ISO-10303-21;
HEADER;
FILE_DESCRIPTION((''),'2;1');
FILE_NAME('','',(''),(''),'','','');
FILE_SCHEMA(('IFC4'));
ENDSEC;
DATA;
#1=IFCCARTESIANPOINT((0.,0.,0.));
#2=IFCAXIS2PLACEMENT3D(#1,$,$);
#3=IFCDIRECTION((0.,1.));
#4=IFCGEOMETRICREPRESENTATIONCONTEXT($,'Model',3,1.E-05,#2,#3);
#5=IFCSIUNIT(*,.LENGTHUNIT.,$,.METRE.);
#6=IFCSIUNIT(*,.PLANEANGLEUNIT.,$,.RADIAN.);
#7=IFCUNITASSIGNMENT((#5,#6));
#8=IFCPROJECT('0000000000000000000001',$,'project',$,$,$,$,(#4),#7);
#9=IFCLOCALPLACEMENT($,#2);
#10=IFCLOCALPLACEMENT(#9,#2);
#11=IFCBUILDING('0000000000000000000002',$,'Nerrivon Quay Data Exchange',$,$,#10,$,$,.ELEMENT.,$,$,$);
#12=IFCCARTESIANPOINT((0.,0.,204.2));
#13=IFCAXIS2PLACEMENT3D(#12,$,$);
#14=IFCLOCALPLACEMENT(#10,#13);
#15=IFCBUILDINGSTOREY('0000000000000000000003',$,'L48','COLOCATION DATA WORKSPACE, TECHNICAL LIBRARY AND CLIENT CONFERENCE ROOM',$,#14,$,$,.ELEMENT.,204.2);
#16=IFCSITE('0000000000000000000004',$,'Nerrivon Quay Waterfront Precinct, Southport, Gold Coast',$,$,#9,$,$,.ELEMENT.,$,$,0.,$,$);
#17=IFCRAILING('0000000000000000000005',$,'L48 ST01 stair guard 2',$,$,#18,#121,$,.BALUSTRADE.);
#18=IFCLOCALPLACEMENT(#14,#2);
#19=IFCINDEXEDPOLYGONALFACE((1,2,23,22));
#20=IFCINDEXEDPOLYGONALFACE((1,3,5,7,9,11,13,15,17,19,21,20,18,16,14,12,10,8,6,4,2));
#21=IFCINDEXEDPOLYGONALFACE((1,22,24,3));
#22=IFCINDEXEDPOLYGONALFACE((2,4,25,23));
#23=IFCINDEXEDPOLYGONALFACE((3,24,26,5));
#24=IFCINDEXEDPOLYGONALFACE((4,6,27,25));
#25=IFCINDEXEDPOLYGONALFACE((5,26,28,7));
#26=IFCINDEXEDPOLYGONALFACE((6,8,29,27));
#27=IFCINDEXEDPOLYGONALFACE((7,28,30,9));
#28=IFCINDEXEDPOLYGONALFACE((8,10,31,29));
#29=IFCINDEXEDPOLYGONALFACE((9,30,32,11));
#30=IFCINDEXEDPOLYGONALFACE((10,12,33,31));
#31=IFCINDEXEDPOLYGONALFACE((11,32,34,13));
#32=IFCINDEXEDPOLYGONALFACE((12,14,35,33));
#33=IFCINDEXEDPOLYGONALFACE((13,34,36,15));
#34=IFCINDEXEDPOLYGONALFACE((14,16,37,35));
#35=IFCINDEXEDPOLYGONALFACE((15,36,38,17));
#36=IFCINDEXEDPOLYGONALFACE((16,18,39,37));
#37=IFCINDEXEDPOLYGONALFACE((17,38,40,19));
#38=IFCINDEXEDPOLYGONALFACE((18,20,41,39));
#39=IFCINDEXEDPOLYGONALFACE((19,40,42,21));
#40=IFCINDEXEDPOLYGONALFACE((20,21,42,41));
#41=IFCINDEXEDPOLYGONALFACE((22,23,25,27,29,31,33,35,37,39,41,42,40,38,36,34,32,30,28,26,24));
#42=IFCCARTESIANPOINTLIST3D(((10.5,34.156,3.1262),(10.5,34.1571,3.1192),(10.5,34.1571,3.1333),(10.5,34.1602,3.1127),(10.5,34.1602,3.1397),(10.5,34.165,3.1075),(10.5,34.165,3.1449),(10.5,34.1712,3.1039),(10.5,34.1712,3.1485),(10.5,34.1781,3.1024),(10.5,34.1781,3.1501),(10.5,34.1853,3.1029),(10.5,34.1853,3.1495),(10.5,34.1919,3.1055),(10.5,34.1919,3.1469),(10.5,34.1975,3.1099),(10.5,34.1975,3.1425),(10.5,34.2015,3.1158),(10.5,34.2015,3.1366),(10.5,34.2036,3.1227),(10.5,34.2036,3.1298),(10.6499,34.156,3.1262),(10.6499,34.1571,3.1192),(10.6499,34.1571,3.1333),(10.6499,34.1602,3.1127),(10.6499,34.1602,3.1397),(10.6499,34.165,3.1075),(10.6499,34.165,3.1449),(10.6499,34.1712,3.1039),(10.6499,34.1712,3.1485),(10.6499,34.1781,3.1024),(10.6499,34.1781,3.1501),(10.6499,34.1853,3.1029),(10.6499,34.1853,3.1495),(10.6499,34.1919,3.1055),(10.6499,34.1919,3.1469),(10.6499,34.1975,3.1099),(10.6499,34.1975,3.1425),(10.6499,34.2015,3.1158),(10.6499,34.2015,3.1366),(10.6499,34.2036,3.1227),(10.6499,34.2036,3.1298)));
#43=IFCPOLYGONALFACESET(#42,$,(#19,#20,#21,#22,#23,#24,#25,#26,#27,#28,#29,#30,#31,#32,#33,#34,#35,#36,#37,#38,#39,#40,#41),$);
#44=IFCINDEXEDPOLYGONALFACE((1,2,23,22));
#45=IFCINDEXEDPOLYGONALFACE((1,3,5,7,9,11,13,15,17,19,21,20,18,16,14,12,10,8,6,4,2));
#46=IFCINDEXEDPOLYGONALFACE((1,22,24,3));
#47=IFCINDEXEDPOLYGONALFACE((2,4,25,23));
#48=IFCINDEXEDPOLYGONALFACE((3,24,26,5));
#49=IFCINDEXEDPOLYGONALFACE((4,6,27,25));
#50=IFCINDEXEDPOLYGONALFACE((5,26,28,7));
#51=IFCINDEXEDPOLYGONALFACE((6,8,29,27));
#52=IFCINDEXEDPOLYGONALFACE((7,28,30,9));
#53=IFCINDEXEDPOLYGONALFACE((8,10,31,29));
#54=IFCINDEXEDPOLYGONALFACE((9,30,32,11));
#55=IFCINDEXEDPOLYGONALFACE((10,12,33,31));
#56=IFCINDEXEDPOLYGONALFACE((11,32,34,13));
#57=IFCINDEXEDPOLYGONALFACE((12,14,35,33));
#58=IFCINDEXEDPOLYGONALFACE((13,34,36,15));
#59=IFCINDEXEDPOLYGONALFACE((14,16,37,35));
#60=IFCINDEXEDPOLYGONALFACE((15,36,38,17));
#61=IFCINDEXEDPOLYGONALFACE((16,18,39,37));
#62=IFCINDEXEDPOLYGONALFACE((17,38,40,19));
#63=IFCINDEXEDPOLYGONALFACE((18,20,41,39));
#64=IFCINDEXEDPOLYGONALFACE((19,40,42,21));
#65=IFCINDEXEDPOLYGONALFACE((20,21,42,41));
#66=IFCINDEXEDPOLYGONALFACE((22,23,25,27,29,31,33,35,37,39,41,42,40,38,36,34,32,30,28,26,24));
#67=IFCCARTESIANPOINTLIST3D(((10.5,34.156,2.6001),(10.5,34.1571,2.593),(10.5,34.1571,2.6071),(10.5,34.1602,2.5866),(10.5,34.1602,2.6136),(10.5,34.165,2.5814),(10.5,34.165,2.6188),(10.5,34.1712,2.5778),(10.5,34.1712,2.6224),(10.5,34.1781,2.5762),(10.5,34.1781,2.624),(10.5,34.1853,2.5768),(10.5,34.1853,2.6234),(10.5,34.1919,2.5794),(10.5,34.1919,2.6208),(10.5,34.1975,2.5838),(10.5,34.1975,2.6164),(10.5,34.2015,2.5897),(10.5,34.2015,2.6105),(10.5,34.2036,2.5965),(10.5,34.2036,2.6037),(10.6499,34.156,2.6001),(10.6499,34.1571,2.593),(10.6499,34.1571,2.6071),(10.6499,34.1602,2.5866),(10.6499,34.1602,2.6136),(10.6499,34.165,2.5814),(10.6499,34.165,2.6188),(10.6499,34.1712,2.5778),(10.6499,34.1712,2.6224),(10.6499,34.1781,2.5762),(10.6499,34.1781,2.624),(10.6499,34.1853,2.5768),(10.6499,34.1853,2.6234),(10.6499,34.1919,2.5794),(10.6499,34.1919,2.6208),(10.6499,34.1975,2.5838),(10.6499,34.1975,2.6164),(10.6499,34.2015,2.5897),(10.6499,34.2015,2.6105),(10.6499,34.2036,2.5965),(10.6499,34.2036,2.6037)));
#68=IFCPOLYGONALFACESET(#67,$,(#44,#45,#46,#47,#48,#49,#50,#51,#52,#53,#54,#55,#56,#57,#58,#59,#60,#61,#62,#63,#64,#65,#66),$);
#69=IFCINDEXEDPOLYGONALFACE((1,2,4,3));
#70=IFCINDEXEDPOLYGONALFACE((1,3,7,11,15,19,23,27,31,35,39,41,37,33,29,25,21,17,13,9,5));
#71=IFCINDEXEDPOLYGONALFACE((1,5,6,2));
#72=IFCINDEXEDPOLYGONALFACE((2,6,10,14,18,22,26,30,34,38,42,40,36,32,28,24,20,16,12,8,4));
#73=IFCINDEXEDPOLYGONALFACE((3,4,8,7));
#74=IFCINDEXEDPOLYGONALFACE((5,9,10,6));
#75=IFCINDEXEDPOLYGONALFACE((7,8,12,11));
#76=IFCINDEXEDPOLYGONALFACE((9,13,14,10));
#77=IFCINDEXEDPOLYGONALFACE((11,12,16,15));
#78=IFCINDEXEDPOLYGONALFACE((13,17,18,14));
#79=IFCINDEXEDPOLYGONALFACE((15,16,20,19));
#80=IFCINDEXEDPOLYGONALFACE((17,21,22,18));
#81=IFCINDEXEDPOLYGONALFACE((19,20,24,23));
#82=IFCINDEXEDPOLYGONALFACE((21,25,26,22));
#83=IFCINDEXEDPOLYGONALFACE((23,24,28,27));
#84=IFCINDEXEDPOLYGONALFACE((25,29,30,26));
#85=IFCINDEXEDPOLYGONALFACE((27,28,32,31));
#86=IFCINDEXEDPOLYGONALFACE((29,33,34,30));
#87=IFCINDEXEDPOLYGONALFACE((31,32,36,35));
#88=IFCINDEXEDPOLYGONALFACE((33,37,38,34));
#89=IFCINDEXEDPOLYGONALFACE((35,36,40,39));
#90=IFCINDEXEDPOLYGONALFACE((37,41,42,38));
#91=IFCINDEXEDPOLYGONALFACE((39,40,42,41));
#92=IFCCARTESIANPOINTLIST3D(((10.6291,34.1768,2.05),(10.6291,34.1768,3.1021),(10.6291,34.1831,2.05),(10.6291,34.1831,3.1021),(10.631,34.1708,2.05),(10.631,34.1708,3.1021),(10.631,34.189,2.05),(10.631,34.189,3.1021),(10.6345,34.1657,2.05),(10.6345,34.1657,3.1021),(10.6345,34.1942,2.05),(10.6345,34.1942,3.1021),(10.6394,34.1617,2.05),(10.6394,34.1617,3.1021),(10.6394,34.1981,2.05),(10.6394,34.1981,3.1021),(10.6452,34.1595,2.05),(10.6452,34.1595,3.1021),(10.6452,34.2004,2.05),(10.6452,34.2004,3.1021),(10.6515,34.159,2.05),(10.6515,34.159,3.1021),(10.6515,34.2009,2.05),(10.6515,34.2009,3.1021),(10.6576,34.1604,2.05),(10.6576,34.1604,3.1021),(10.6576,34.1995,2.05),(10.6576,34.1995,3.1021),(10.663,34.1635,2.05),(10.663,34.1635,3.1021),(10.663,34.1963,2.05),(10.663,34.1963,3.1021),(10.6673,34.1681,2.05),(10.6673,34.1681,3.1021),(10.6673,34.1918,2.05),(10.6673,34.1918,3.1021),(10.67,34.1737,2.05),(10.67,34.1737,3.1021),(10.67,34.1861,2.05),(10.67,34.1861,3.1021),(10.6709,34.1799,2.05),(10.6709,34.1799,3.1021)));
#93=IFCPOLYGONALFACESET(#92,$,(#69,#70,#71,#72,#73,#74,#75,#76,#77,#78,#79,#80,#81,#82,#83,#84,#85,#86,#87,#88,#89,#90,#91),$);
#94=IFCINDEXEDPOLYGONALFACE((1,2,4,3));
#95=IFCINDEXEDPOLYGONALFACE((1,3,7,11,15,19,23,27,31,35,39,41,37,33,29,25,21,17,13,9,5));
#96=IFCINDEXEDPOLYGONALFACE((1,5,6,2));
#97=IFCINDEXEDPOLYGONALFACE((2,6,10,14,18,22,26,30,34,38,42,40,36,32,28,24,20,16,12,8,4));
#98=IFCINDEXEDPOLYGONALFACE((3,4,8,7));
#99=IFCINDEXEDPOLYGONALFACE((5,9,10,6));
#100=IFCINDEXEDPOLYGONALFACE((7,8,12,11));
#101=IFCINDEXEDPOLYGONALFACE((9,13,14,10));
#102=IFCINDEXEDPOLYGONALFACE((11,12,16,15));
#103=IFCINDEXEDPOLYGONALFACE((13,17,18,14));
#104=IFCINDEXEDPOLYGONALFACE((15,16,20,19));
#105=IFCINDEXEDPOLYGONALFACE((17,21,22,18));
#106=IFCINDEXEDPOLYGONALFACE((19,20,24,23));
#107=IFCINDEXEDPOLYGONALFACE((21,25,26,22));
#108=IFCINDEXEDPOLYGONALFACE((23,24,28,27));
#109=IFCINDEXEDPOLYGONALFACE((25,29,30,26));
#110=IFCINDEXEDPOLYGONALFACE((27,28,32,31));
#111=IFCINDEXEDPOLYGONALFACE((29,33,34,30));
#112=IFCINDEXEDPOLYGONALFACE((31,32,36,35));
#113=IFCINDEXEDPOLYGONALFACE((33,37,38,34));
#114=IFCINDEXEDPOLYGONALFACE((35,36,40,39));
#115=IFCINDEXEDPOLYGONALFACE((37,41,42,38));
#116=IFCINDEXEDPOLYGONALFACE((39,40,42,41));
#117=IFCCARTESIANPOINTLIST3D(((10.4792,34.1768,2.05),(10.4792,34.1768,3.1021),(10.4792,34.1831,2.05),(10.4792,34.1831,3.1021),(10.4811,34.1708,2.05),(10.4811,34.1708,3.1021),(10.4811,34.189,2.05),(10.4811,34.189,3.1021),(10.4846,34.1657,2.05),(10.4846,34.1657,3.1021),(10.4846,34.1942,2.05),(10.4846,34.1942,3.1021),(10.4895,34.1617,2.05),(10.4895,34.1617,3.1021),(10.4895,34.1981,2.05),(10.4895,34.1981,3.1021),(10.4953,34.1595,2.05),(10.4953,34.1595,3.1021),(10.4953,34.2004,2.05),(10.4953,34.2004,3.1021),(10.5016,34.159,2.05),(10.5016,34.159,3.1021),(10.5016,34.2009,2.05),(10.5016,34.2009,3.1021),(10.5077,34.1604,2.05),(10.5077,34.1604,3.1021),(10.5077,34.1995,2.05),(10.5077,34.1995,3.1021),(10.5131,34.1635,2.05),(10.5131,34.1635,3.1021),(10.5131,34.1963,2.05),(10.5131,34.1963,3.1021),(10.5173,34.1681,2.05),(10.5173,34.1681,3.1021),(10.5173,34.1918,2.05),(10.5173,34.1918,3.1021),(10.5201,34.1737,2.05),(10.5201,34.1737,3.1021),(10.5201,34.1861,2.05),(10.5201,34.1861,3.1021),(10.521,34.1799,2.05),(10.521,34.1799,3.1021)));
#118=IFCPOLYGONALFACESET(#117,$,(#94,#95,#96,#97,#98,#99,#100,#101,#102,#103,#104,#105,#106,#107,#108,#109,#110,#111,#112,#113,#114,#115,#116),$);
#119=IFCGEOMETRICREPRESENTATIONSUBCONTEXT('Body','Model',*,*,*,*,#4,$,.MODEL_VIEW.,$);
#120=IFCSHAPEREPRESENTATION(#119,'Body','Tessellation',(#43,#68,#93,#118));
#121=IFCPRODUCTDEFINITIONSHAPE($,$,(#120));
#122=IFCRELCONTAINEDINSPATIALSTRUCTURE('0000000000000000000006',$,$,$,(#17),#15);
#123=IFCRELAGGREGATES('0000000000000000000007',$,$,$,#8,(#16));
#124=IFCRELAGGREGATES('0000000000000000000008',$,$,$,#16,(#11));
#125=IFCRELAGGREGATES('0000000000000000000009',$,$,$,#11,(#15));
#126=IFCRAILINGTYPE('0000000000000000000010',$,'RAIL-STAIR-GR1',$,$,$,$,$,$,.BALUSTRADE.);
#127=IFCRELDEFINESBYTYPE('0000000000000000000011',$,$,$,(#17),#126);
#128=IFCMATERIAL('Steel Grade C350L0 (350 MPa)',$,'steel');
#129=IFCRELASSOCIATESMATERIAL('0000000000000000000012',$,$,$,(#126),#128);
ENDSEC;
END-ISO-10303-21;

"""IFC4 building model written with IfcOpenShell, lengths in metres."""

from ifc_helpers import new_model, si_unit, direction, frame, origin, origin_2d, place, context, subcontext, project, spatial, circle, extrude, material, type_object, element, save


model = new_model("IFC4")

# Units and contexts
model_context = context("Model", 3, precision=1e-05, world=origin(), true_north=direction((0.0, 1.0)))
body_context = subcontext(model_context, "Body", "Model", "MODEL_VIEW")
ifc_project = project(units=[si_unit("LENGTHUNIT", "METRE"), si_unit("PLANEANGLEUNIT", "RADIAN")], contexts=[model_context])

# Site, building, storey
site_placement = place(None, origin())
site = spatial("IfcSite", under=ifc_project, at=site_placement, Name="Nerrivon Quay Waterfront Precinct, Southport, Gold Coast", CompositionType="ELEMENT", RefElevation=0.0)
building_placement = place(site_placement, origin())
building = spatial("IfcBuilding", under=site, at=building_placement, Name="Nerrivon Quay Data Exchange", CompositionType="ELEMENT")
storey_placement = place(building_placement, frame((0.0, 0.0, 204.2)))
storey = spatial("IfcBuildingStorey", under=building, at=storey_placement, Name="L48", Description="COLOCATION DATA WORKSPACE, TECHNICAL LIBRARY AND CLIENT CONFERENCE ROOM", CompositionType="ELEMENT", Elevation=204.2)

# Railing
ifc_material_1 = material(Name="Steel Grade C350L0 (350 MPa)", Category="steel")
railing_type_1 = type_object("IfcRailingType", Name="RAIL-STAIR-GR1", PredefinedType="BALUSTRADE", material=ifc_material_1)
railing_1_placement = place(storey_placement, frame((10.6499, 34.1799, 2.05)))
element("IfcRailing", 1, at=railing_1_placement, inside=storey, type_object=railing_type_1, Name="L48 ST01 stair guard 2", PredefinedType="BALUSTRADE", context=body_context, shape_type="SweptSolid", body=[
    extrude(circle(Radius=0.0239, at=origin_2d()), frame((0.0, 0.0, 1.0762), z_axis=(-1.0, 0.0, 0.0), x_axis=(0.0, -1.0, 0.0)), (0.0, 0.0, 1.0), 0.1499),
    extrude(circle(Radius=0.0239, at=origin_2d()), frame((0.0, 0.0, 0.55), z_axis=(-1.0, 0.0, 0.0), x_axis=(0.0, -1.0, 0.0)), (0.0, 0.0, 1.0), 0.1499),
    extrude(circle(Radius=0.021, at=origin_2d()), origin(), (0.0, 0.0, 1.0), 1.052),
    extrude(circle(Radius=0.021, at=origin_2d()), frame((-0.1499, 0.0, 0.0)), (0.0, 0.0, 1.0), 1.052),
])

save(model, "model.ifc")
